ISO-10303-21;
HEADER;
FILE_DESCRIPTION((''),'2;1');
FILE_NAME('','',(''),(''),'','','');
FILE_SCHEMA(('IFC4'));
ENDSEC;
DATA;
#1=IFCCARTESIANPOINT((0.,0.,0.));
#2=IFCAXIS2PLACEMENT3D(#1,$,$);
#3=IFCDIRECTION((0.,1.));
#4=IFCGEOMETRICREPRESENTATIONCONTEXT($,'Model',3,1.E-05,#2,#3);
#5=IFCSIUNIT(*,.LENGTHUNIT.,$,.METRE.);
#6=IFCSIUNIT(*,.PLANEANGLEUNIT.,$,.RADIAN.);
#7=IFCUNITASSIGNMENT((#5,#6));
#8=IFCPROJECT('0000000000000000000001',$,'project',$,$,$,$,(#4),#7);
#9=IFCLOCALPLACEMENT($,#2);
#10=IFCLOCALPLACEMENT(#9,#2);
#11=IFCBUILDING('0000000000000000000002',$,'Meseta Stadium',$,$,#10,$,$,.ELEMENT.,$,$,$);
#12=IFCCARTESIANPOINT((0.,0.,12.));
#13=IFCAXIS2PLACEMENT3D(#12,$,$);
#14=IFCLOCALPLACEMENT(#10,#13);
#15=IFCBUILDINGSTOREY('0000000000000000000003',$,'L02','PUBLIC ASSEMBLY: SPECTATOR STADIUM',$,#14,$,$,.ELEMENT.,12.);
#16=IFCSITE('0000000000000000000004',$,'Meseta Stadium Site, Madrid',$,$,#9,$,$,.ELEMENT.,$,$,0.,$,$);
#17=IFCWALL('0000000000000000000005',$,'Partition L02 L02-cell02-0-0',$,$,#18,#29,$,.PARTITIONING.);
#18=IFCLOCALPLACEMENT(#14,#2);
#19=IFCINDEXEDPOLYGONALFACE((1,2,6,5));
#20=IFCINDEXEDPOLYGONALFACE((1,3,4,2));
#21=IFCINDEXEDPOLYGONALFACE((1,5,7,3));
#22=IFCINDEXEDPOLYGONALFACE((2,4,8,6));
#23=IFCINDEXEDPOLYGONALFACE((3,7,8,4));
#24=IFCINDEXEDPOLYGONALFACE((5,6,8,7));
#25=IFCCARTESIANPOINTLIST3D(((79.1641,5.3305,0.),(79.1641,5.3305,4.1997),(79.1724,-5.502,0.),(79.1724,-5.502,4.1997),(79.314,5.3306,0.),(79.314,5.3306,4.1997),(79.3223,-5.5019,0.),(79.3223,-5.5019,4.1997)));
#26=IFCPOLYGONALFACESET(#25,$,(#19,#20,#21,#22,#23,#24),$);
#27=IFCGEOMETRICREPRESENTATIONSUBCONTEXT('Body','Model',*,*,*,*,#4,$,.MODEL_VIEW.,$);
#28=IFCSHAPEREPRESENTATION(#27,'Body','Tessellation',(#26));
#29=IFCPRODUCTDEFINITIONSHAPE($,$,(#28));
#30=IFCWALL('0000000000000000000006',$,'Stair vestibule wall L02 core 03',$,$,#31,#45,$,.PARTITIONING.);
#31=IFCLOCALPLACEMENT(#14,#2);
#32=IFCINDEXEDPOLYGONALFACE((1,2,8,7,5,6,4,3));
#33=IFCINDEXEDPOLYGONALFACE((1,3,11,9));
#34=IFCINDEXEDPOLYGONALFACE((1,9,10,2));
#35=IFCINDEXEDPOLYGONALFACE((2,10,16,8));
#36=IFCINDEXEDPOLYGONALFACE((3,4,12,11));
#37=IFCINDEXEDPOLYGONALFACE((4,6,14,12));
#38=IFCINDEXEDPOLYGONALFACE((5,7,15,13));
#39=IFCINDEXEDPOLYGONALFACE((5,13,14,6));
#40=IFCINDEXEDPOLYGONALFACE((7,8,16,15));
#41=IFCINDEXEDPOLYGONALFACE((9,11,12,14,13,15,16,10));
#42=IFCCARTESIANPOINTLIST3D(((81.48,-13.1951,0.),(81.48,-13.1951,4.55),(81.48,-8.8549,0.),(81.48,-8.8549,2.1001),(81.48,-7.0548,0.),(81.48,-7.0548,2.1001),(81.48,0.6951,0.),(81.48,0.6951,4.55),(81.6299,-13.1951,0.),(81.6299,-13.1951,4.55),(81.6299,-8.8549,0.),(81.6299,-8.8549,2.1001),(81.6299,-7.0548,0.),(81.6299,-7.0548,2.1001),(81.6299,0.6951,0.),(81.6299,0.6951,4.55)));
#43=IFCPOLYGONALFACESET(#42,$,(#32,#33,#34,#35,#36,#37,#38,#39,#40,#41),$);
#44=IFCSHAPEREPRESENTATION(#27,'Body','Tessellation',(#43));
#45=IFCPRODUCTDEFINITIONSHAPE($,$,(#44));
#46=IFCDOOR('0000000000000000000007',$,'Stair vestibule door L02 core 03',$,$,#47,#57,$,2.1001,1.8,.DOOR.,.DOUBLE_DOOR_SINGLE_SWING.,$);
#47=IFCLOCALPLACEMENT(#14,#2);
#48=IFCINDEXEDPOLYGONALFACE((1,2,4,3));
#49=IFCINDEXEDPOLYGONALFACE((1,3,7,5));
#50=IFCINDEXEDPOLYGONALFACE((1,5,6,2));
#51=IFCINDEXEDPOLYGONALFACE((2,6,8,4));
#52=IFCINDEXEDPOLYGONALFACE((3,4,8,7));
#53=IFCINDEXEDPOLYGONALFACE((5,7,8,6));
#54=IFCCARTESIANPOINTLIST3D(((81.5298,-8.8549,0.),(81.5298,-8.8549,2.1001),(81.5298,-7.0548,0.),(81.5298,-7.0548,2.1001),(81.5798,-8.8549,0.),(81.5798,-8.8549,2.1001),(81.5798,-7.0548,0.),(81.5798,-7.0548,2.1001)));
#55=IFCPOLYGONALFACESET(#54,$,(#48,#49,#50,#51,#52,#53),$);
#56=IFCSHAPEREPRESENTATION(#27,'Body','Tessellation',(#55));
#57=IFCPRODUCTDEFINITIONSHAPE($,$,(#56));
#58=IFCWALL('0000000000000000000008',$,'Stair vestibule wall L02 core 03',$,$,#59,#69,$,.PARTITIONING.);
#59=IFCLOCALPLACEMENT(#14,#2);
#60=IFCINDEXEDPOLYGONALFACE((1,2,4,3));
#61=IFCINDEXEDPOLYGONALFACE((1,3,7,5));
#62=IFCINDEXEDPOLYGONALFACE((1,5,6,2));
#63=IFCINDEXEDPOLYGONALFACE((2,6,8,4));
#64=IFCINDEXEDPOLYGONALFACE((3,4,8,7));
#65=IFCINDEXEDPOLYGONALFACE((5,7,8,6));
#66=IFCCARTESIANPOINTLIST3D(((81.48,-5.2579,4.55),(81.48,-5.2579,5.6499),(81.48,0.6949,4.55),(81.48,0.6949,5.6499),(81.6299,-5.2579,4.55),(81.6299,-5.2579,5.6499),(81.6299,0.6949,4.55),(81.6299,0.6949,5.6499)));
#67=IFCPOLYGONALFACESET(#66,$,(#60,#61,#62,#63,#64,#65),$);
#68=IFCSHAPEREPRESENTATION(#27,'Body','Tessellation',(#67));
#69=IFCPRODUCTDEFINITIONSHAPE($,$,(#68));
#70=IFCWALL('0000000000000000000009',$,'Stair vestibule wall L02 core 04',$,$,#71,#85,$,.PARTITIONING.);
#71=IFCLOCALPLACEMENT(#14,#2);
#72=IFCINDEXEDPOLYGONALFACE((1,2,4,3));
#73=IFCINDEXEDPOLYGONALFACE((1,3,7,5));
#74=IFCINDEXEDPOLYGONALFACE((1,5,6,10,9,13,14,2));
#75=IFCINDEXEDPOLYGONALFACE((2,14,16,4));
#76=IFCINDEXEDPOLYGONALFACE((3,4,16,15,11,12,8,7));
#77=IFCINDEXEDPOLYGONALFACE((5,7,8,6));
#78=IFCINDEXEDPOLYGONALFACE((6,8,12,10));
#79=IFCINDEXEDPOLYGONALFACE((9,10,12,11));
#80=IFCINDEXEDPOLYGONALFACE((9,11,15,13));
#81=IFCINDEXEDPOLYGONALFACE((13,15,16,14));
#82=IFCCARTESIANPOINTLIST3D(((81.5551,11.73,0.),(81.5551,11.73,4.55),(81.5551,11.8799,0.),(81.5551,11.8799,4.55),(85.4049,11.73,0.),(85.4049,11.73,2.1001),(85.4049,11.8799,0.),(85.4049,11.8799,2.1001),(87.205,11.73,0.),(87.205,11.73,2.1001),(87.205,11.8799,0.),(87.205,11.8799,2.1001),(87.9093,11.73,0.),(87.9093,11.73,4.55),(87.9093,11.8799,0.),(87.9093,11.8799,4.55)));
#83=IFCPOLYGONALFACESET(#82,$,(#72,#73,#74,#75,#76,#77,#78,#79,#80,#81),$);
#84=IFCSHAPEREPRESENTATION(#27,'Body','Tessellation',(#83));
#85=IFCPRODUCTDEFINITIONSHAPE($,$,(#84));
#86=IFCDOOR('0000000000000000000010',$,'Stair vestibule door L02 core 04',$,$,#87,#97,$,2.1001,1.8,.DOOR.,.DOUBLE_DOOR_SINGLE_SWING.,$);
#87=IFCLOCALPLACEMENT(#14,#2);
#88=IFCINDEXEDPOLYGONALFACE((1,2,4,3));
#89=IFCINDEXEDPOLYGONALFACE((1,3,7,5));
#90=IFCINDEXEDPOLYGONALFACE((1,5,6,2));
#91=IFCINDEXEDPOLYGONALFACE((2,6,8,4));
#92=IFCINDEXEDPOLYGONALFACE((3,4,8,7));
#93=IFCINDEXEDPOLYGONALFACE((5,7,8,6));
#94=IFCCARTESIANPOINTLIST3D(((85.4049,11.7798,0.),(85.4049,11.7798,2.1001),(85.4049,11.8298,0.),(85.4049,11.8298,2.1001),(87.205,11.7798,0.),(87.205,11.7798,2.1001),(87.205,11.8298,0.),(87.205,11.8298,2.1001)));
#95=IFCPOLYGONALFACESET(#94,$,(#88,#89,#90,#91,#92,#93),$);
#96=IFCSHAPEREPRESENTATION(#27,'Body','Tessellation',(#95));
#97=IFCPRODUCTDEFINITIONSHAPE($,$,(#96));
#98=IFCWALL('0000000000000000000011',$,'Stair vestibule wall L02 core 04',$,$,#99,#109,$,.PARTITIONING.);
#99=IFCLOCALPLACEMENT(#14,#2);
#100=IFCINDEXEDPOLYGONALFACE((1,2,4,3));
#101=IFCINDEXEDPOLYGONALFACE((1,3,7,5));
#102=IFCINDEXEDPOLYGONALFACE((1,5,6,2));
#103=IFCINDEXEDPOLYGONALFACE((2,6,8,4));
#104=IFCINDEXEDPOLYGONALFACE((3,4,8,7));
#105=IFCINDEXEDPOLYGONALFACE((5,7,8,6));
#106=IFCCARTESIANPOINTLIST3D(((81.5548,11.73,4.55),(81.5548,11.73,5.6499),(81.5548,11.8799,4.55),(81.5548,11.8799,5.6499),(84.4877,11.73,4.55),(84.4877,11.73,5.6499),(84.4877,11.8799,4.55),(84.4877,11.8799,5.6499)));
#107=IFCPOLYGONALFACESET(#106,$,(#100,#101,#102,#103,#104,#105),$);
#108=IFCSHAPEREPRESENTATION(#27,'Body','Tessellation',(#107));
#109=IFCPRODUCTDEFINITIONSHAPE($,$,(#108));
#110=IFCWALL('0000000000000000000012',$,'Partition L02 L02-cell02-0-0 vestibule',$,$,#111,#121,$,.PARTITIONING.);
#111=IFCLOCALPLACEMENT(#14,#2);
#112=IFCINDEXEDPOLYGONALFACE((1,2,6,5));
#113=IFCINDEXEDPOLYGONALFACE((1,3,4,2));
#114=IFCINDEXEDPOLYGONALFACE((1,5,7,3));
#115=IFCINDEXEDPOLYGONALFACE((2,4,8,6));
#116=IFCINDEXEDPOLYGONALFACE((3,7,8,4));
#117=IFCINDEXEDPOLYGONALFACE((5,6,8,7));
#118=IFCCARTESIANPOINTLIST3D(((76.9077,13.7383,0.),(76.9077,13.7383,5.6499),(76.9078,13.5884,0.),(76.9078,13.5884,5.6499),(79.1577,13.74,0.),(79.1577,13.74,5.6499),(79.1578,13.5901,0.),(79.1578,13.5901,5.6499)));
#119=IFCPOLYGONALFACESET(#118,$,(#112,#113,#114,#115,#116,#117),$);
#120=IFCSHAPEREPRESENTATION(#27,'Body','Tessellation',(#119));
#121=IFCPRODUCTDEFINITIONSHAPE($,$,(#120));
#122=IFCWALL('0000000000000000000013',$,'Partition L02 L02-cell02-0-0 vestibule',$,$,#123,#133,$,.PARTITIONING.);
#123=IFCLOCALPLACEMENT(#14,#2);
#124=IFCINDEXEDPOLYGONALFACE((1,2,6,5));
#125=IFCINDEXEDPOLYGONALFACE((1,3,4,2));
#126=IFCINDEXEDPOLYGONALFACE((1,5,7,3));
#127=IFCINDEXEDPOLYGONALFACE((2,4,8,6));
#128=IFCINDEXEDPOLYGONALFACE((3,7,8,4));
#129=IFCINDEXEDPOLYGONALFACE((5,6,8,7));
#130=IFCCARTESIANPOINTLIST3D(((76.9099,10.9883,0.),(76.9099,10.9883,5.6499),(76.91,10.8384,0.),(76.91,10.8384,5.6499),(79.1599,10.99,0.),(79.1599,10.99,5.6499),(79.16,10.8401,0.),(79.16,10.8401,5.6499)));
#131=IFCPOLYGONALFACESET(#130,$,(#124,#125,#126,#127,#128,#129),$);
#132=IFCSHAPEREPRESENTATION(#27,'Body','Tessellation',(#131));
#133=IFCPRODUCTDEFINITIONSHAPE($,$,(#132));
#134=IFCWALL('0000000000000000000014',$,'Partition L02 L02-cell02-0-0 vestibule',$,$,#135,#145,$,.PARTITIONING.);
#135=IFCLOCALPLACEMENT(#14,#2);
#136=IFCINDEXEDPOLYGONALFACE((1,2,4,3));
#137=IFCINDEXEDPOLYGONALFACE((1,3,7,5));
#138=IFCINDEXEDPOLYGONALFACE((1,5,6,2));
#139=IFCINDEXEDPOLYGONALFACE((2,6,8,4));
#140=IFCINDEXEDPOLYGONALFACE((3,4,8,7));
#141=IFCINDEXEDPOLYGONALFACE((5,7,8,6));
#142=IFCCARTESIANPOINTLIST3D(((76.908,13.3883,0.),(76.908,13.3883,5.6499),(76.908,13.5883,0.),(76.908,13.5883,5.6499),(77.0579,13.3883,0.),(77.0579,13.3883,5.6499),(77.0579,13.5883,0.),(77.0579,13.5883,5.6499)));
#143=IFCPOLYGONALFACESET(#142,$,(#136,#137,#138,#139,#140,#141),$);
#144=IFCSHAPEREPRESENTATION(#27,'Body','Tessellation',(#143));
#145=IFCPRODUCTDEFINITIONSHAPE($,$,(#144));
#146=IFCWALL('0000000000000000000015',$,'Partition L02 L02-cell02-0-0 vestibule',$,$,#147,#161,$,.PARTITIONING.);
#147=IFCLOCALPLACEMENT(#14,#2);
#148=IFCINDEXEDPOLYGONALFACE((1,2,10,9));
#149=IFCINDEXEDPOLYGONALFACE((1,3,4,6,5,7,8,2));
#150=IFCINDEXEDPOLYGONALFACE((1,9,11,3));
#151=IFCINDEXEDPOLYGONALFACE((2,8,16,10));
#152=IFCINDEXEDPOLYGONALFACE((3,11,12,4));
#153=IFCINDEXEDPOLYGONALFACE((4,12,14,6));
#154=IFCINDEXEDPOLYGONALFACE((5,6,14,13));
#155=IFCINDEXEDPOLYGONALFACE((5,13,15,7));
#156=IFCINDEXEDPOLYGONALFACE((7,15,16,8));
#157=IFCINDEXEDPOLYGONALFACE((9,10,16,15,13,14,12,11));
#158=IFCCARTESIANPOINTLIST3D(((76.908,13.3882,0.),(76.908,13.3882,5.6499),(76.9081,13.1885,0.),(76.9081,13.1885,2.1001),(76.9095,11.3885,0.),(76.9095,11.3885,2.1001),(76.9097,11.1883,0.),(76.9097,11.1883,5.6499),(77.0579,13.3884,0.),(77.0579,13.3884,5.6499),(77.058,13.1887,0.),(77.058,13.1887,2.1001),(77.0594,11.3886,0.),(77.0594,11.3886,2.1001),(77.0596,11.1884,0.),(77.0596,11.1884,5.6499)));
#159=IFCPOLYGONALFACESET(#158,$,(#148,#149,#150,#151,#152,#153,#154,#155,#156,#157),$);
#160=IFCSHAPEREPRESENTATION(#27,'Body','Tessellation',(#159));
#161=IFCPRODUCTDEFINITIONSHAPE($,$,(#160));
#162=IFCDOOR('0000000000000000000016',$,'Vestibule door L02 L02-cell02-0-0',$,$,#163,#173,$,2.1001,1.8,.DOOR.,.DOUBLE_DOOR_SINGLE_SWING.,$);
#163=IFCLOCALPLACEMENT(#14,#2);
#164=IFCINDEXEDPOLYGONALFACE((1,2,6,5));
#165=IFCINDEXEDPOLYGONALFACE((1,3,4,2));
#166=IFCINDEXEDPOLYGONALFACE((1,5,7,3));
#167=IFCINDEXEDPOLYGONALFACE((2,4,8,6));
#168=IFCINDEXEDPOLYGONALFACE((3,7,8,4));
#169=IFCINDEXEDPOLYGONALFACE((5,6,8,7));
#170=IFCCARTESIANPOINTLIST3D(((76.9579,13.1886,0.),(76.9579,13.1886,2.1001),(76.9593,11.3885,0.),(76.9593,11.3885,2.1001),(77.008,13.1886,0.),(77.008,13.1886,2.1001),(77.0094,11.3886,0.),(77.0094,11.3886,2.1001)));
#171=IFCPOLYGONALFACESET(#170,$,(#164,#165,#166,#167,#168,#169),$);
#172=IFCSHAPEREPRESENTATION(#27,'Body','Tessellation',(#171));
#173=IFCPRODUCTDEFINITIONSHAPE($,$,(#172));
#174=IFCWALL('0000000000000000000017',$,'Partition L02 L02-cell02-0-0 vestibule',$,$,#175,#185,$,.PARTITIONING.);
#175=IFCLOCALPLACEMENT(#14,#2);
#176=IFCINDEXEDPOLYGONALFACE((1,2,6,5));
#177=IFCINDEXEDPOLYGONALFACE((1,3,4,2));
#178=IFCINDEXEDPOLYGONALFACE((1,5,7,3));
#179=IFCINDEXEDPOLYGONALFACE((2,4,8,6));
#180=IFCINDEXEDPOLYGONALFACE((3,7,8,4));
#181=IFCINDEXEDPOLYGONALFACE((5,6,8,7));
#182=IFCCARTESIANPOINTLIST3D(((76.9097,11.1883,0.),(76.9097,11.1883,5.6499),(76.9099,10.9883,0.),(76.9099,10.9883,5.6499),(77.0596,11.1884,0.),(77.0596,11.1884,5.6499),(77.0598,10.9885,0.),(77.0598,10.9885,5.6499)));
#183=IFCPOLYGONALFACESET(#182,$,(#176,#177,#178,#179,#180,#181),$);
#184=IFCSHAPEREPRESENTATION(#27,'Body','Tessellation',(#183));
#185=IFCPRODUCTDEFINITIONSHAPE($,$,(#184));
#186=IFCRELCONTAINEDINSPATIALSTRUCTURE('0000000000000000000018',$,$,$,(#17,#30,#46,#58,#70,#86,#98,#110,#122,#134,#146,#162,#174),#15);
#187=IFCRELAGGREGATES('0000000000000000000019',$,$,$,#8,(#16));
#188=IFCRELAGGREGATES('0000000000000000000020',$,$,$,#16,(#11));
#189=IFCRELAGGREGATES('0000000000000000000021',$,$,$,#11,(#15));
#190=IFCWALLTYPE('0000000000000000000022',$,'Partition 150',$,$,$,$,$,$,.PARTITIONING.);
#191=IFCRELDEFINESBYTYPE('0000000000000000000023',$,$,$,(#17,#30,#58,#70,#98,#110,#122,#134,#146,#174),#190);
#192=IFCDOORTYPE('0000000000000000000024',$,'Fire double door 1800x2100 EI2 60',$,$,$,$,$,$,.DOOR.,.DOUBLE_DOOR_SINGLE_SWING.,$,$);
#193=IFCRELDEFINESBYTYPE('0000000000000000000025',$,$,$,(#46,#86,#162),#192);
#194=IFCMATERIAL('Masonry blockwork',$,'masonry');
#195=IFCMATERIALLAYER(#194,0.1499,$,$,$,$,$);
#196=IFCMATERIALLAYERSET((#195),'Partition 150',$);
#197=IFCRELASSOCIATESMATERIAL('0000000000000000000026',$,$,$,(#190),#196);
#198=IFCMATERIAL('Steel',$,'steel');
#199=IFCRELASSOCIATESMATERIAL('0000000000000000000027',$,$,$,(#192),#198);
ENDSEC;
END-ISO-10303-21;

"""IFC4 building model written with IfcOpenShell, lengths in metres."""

from ifc_helpers import new_model, si_unit, direction, frame, frame_2d, origin, place, context, subcontext, project, spatial, rectangle, extrude, material, layer, layer_set, type_object, element, fill, save


model = new_model("IFC4")

# Units and contexts
model_context = context("Model", 3, precision=1e-05, world=origin(), true_north=direction((0.0, 1.0)))
body_context = subcontext(model_context, "Body", "Model", "MODEL_VIEW")
ifc_project = project(units=[si_unit("LENGTHUNIT", "METRE"), si_unit("PLANEANGLEUNIT", "RADIAN")], contexts=[model_context])

# Site, building, storey
site_placement = place(None, origin())
site = spatial("IfcSite", under=ifc_project, at=site_placement, Name="Meseta Stadium Site, Madrid", CompositionType="ELEMENT", RefElevation=0.0)
building_placement = place(site_placement, origin())
building = spatial("IfcBuilding", under=site, at=building_placement, Name="Meseta Stadium", CompositionType="ELEMENT")
storey_placement = place(building_placement, frame((0.0, 0.0, 12.0)))
storey = spatial("IfcBuildingStorey", under=building, at=storey_placement, Name="L02", Description="PUBLIC ASSEMBLY: SPECTATOR STADIUM", CompositionType="ELEMENT", Elevation=12.0)

# Wall
ifc_material_1 = material(Name="Masonry blockwork", Category="masonry")
ifc_layer_1 = layer(ifc_material_1, 0.1499)
ifc_layer_set_1 = layer_set([ifc_layer_1], Name="Partition 150")
wall_type = type_object("IfcWallType", Name="Partition 150", PredefinedType="PARTITIONING", material=ifc_layer_set_1)
wall_1_placement = place(storey_placement, frame((79.239, 5.3306, 0.0), z_axis=(0.0, 0.0, 1.0), x_axis=(0.000766, -1.0, 0.0)))
element("IfcWall", 1, at=wall_1_placement, inside=storey, type_object=wall_type, Name="Partition L02 L02-cell02-0-0", PredefinedType="PARTITIONING", context=body_context, shape_type="SweptSolid", body=[
    extrude(rectangle(XDim=10.8325, YDim=0.1499, at=frame_2d((5.4163, 0.0))), origin(), (0.0, 0.0, 1.0), 4.1997),
])

# Wall, opening, door
wall_2_placement = place(storey_placement, frame((81.5549, 0.6951, 0.0), z_axis=(0.0, 0.0, 1.0), x_axis=(0.0, -1.0, 0.0)))
wall_2 = element("IfcWall", 2, at=wall_2_placement, inside=storey, type_object=wall_type, Name="Stair vestibule wall L02 core 03", PredefinedType="PARTITIONING", context=body_context, shape_type="SweptSolid", body=[
    extrude(rectangle(XDim=13.8901, YDim=0.1499, at=frame_2d((6.9451, 0.0))), origin(), (0.0, 0.0, 1.0), 4.55),
])
opening_1_placement = place(wall_2_placement, frame((7.75, 0.0, 0.0)))
opening_1 = element("IfcOpeningElement", 3, at=opening_1_placement, cuts=wall_2, PredefinedType="OPENING", context=body_context, shape_type="SweptSolid", body=[
    extrude(rectangle(XDim=1.8, YDim=2.1001, at=frame_2d((0.8999, 1.05))), frame((0.0, 0.085, 0.0), z_axis=(0.0, -1.0, 0.0), x_axis=(1.0, 0.0, 0.0)), (0.0, 0.0, 1.0), 0.1699),
])
ifc_material_2 = material(Name="Steel", Category="steel")
door_type = type_object("IfcDoorType", Name="Fire double door 1800x2100 EI2 60", OperationType="DOUBLE_DOOR_SINGLE_SWING", PredefinedType="DOOR", material=ifc_material_2)
door_1_placement = place(opening_1_placement, origin())
door_1 = element("IfcDoor", 4, at=door_1_placement, inside=storey, type_object=door_type, Name="Stair vestibule door L02 core 03", OperationType="DOUBLE_DOOR_SINGLE_SWING", OverallHeight=2.1001, OverallWidth=1.8, PredefinedType="DOOR", context=body_context, shape_type="SweptSolid", body=[
    extrude(rectangle(XDim=1.8, YDim=2.1001, at=frame_2d((0.8999, 1.05))), frame((0.0, 0.0249, 0.0), z_axis=(0.0, -1.0, 0.0), x_axis=(1.0, 0.0, 0.0)), (0.0, 0.0, 1.0), 0.05),
])
fill(opening_1, door_1)

# Wall
wall_3_placement = place(storey_placement, frame((81.5549, 0.6951, 4.55), z_axis=(0.0, 0.0, 1.0), x_axis=(0.0, -1.0, 0.0)))
element("IfcWall", 5, at=wall_3_placement, inside=storey, type_object=wall_type, Name="Stair vestibule wall L02 core 03", PredefinedType="PARTITIONING", context=body_context, shape_type="SweptSolid", body=[
    extrude(rectangle(XDim=5.9529, YDim=0.1499, at=frame_2d((2.9766, 0.0))), origin(), (0.0, 0.0, 1.0), 1.0999),
])

# Wall, opening, door
wall_4_placement = place(storey_placement, frame((81.5549, 11.8049, 0.0), z_axis=(0.0, 0.0, 1.0), x_axis=(1.0, 0.0, 0.0)))
wall_4 = element("IfcWall", 6, at=wall_4_placement, inside=storey, type_object=wall_type, Name="Stair vestibule wall L02 core 04", PredefinedType="PARTITIONING", context=body_context, shape_type="SweptSolid", body=[
    extrude(rectangle(XDim=6.3542, YDim=0.1499, at=frame_2d((3.1772, 0.0))), origin(), (0.0, 0.0, 1.0), 4.55),
])
opening_2_placement = place(wall_4_placement, frame((3.8501, 0.0, 0.0)))
opening_2 = element("IfcOpeningElement", 7, at=opening_2_placement, cuts=wall_4, PredefinedType="OPENING", context=body_context, shape_type="SweptSolid", body=[
    extrude(rectangle(XDim=1.8, YDim=2.1001, at=frame_2d((0.8999, 1.05))), frame((0.0, 0.085, 0.0), z_axis=(0.0, -1.0, 0.0), x_axis=(1.0, 0.0, 0.0)), (0.0, 0.0, 1.0), 0.1699),
])
door_2_placement = place(opening_2_placement, origin())
door_2 = element("IfcDoor", 8, at=door_2_placement, inside=storey, type_object=door_type, Name="Stair vestibule door L02 core 04", OperationType="DOUBLE_DOOR_SINGLE_SWING", OverallHeight=2.1001, OverallWidth=1.8, PredefinedType="DOOR", context=body_context, shape_type="SweptSolid", body=[
    extrude(rectangle(XDim=1.8, YDim=2.1001, at=frame_2d((0.8999, 1.05))), frame((0.0, 0.0249, 0.0), z_axis=(0.0, -1.0, 0.0), x_axis=(1.0, 0.0, 0.0)), (0.0, 0.0, 1.0), 0.05),
])
fill(opening_2, door_2)

# Walls
wall_5_placement = place(storey_placement, frame((81.5549, 11.8049, 4.55), z_axis=(0.0, 0.0, 1.0), x_axis=(1.0, 0.0, 0.0)))
element("IfcWall", 9, at=wall_5_placement, inside=storey, type_object=wall_type, Name="Stair vestibule wall L02 core 04", PredefinedType="PARTITIONING", context=body_context, shape_type="SweptSolid", body=[
    extrude(rectangle(XDim=2.9329, YDim=0.1499, at=frame_2d((1.4663, 0.0))), origin(), (0.0, 0.0, 1.0), 1.0999),
])
for number, where, z_axis, x_axis, name in (
    (10, (79.1577, 13.665, 0.0), (0.0, 0.0, 1.0), (-1.0, -0.00076, 0.0), "Partition L02 L02-cell02-0-0 vestibule"),
    (11, (79.1599, 10.915, 0.0), (0.0, 0.0, 1.0), (-1.0, -0.00076, 0.0), "Partition L02 L02-cell02-0-0 vestibule"),
):
    element("IfcWall", number, at=place(storey_placement, frame(where, z_axis=z_axis, x_axis=x_axis)), inside=storey, type_object=wall_type, Name=name, PredefinedType="PARTITIONING", context=body_context, shape_type="SweptSolid", body=[
        extrude(rectangle(XDim=2.25, YDim=0.1499, at=frame_2d((1.125, 0.0))), origin(), (0.0, 0.0, 1.0), 5.6499),
    ])
wall_6_placement = place(storey_placement, frame((76.9829, 13.5884, 0.0), z_axis=(0.0, 0.0, 1.0), x_axis=(0.0, -1.0, 0.0)))
element("IfcWall", 12, at=wall_6_placement, inside=storey, type_object=wall_type, Name="Partition L02 L02-cell02-0-0 vestibule", PredefinedType="PARTITIONING", context=body_context, shape_type="SweptSolid", body=[
    extrude(rectangle(XDim=0.2, YDim=0.1499, at=frame_2d((0.1001, 0.0))), origin(), (0.0, 0.0, 1.0), 5.6499),
])

# Wall, opening, door
wall_7_placement = place(storey_placement, frame((76.9829, 13.3884, 0.0), z_axis=(0.0, 0.0, 1.0), x_axis=(0.000777, -1.0, 0.0)))
wall_7 = element("IfcWall", 13, at=wall_7_placement, inside=storey, type_object=wall_type, Name="Partition L02 L02-cell02-0-0 vestibule", PredefinedType="PARTITIONING", context=body_context, shape_type="SweptSolid", body=[
    extrude(rectangle(XDim=2.2, YDim=0.1499, at=frame_2d((1.1001, 0.0))), origin(), (0.0, 0.0, 1.0), 5.6499),
])
opening_3_placement = place(wall_7_placement, frame((0.2, 0.0, 0.0)))
opening_3 = element("IfcOpeningElement", 14, at=opening_3_placement, cuts=wall_7, PredefinedType="OPENING", context=body_context, shape_type="SweptSolid", body=[
    extrude(rectangle(XDim=1.8, YDim=2.1001, at=frame_2d((0.8999, 1.05))), frame((0.0, 0.085, 0.0), z_axis=(0.0, -1.0, 0.0), x_axis=(1.0, 0.0, 0.0)), (0.0, 0.0, 1.0), 0.1699),
])
door_3_placement = place(opening_3_placement, origin())
door_3 = element("IfcDoor", 15, at=door_3_placement, inside=storey, type_object=door_type, Name="Vestibule door L02 L02-cell02-0-0", OperationType="DOUBLE_DOOR_SINGLE_SWING", OverallHeight=2.1001, OverallWidth=1.8, PredefinedType="DOOR", context=body_context, shape_type="SweptSolid", body=[
    extrude(rectangle(XDim=1.8, YDim=2.1001, at=frame_2d((0.8999, 1.05))), frame((0.0, 0.0249, 0.0), z_axis=(0.0, -1.0, 0.0), x_axis=(1.0, 0.0, 0.0)), (0.0, 0.0, 1.0), 0.05),
])
fill(opening_3, door_3)

# Wall
wall_8_placement = place(storey_placement, frame((76.9846, 11.1885, 0.0), z_axis=(0.0, 0.0, 1.0), x_axis=(0.001221, -0.999999, 0.0)))
element("IfcWall", 16, at=wall_8_placement, inside=storey, type_object=wall_type, Name="Partition L02 L02-cell02-0-0 vestibule", PredefinedType="PARTITIONING", context=body_context, shape_type="SweptSolid", body=[
    extrude(rectangle(XDim=0.2, YDim=0.1499, at=frame_2d((0.1001, 0.0))), origin(), (0.0, 0.0, 1.0), 5.6499),
])

save(model, "model.ifc")
